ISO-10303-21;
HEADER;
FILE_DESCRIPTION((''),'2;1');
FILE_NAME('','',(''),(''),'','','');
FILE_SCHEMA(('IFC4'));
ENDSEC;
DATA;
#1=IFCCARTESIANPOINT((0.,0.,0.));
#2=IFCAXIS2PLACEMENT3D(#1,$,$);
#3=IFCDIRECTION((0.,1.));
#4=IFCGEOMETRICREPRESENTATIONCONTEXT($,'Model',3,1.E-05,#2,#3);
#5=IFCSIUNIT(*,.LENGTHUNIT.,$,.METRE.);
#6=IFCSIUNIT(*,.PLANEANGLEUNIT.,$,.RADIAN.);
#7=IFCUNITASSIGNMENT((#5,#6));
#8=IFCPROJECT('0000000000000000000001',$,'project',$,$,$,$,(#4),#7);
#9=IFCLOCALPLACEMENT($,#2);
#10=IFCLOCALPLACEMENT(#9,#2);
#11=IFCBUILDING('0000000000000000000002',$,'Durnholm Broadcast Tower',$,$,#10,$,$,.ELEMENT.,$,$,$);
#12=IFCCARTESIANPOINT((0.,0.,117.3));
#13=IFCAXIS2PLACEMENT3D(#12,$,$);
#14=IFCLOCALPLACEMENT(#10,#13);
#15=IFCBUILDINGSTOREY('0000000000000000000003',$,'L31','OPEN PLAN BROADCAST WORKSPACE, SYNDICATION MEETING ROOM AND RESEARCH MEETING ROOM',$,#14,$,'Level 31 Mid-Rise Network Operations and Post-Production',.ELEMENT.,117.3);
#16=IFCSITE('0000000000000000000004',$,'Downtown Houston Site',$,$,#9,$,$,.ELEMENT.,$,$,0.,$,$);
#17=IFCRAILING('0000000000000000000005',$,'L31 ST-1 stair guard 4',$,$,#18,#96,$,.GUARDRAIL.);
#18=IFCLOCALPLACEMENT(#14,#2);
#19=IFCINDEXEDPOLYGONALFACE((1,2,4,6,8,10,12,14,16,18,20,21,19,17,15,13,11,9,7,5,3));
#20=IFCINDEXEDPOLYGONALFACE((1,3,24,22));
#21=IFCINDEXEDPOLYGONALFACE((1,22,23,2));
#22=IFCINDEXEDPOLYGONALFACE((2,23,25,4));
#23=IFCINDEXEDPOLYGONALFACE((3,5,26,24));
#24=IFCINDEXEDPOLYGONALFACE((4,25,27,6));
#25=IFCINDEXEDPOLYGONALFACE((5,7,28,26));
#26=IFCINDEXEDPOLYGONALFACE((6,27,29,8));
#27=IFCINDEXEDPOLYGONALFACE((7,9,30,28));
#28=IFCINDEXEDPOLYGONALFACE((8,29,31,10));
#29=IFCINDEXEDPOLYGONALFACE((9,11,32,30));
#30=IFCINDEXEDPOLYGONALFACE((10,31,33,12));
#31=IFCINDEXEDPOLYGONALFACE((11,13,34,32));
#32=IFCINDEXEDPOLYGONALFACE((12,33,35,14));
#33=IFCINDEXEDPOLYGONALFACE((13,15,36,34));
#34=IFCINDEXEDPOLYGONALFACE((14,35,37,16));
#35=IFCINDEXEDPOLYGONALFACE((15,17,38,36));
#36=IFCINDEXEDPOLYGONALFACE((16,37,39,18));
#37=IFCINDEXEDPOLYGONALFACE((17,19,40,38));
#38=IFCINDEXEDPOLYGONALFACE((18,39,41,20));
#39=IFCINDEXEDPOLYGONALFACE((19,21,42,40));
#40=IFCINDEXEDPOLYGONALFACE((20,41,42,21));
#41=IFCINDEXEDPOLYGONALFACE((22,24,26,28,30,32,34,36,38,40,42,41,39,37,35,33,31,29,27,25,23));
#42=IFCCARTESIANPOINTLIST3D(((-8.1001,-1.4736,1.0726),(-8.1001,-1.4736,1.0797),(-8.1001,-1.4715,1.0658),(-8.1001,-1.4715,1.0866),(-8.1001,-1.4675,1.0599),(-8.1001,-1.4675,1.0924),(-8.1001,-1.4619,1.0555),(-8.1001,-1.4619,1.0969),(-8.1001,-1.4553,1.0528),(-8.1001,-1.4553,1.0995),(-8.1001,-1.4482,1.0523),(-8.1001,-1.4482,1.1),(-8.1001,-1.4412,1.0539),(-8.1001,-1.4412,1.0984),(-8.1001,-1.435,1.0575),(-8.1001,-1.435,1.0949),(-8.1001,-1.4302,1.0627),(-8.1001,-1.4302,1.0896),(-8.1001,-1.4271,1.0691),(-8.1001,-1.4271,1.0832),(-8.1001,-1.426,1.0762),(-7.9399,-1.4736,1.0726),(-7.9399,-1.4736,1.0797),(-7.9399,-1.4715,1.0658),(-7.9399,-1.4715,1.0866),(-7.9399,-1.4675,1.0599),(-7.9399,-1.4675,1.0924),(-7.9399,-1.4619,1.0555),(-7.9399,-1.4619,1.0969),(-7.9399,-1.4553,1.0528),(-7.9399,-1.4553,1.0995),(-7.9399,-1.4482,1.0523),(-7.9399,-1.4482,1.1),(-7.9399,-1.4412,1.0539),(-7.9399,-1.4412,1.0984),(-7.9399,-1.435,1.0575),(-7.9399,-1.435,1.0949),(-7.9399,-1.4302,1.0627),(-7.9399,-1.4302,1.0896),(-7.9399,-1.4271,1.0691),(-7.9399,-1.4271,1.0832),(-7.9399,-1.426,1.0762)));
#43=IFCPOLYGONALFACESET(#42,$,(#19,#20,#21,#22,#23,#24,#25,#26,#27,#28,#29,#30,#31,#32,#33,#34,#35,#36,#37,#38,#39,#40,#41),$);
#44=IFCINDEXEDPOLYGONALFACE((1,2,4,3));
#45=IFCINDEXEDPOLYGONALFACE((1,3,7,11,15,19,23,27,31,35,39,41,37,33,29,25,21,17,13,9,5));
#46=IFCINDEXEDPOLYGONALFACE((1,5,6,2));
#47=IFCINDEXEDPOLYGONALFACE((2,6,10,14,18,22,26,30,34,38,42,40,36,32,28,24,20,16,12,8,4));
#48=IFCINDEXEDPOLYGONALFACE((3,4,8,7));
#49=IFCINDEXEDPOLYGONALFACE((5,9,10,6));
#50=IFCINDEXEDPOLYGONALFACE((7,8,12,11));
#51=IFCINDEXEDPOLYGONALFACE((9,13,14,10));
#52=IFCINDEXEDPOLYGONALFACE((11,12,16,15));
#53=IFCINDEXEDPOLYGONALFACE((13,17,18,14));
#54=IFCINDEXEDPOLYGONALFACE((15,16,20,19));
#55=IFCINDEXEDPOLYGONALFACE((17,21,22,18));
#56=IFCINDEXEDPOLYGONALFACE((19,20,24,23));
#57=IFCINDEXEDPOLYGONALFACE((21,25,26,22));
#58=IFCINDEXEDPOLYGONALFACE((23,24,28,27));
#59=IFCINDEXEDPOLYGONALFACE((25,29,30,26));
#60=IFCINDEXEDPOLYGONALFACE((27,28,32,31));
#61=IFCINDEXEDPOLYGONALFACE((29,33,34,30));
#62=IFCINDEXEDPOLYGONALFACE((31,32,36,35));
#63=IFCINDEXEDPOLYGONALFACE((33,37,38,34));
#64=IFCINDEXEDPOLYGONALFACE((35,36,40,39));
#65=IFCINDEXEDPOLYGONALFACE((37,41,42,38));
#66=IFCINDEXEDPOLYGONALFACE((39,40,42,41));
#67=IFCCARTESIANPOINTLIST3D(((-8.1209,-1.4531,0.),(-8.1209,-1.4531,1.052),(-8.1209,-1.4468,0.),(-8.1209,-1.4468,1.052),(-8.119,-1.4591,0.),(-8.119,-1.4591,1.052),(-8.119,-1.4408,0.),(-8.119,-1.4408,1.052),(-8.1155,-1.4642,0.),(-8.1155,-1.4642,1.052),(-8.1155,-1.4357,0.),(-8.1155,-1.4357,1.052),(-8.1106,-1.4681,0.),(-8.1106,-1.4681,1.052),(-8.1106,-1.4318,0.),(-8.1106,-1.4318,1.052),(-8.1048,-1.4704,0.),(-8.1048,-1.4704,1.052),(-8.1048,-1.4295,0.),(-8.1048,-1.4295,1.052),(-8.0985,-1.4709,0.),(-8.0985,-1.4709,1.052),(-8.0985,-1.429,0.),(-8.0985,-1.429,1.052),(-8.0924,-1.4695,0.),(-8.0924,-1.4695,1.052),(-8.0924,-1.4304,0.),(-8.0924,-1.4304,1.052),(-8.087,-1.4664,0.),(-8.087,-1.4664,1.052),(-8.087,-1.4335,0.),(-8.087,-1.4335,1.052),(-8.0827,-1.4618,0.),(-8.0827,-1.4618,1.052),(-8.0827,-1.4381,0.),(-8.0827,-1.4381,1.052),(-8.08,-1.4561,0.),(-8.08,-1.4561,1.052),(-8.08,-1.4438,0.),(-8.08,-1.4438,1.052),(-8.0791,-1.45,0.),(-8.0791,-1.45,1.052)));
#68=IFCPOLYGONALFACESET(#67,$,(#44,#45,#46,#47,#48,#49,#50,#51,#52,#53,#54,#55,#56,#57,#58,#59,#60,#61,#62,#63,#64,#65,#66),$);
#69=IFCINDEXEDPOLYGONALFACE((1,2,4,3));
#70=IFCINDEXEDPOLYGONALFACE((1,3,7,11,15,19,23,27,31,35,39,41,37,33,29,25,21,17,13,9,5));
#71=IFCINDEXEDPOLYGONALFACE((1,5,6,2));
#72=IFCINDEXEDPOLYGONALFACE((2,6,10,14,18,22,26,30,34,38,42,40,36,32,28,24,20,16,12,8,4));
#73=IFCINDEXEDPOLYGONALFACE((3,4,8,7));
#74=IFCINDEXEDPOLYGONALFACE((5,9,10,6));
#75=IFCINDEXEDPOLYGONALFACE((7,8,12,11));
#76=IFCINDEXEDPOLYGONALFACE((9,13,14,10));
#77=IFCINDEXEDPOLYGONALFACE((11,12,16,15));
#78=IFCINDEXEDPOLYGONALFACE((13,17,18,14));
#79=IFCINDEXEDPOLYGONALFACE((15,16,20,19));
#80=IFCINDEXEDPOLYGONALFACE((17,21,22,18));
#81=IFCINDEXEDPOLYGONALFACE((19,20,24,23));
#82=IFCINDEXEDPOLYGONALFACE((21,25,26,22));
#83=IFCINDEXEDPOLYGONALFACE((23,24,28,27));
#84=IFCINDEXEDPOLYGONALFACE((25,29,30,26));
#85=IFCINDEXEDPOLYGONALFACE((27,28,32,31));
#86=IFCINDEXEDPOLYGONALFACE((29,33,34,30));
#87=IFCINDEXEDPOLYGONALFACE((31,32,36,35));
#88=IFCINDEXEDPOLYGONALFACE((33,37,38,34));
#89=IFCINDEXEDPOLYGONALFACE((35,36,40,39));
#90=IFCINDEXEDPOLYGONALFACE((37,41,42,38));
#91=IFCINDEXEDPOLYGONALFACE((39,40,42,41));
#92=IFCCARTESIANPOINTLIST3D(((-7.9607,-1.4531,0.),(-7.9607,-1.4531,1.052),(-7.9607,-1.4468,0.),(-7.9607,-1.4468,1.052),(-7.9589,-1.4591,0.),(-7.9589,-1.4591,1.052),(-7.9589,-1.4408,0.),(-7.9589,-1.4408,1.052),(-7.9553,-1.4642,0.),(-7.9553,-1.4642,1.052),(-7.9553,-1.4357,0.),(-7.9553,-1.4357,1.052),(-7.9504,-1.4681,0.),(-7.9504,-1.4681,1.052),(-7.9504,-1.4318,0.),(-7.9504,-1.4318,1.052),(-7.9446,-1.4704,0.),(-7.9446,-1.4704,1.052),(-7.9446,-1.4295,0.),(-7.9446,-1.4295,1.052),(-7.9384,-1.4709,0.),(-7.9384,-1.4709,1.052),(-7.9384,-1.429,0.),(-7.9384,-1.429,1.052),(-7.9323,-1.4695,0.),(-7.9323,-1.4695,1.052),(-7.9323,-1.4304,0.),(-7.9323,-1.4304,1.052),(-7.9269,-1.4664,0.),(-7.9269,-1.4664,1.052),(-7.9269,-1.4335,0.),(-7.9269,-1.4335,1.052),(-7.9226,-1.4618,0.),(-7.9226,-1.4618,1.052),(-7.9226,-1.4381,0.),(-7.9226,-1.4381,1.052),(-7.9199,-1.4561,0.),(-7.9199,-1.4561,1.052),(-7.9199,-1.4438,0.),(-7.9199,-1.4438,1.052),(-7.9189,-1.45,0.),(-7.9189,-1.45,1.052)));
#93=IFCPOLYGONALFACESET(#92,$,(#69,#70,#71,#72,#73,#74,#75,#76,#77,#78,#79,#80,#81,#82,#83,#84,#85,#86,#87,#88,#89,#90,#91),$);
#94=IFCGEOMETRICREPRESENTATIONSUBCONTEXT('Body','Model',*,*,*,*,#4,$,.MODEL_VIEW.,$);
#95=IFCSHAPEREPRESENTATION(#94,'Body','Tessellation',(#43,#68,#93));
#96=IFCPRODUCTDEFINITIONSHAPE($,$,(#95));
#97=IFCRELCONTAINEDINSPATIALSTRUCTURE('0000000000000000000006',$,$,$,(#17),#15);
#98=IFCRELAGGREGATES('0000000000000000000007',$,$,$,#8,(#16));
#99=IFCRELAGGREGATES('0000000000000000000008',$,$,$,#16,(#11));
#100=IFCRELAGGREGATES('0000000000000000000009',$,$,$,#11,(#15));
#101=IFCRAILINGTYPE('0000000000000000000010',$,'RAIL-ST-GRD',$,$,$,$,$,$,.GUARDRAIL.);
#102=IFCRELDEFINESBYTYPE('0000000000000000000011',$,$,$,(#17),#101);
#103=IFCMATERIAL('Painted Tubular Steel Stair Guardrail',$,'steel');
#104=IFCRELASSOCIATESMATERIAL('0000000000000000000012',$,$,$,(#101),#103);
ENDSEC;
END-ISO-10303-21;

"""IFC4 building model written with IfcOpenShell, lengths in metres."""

from ifc_helpers import new_model, si_unit, direction, frame, origin, origin_2d, place, context, subcontext, project, spatial, circle, extrude, material, type_object, element, save


model = new_model("IFC4")

# Units and contexts
model_context = context("Model", 3, precision=1e-05, world=origin(), true_north=direction((0.0, 1.0)))
body_context = subcontext(model_context, "Body", "Model", "MODEL_VIEW")
ifc_project = project(units=[si_unit("LENGTHUNIT", "METRE"), si_unit("PLANEANGLEUNIT", "RADIAN")], contexts=[model_context])

# Site, building, storey
site_placement = place(None, origin())
site = spatial("IfcSite", under=ifc_project, at=site_placement, Name="Downtown Houston Site", CompositionType="ELEMENT", RefElevation=0.0)
building_placement = place(site_placement, origin())
building = spatial("IfcBuilding", under=site, at=building_placement, Name="Durnholm Broadcast Tower", CompositionType="ELEMENT")
storey_placement = place(building_placement, frame((0.0, 0.0, 117.3)))
storey = spatial("IfcBuildingStorey", under=building, at=storey_placement, Name="L31", Description="OPEN PLAN BROADCAST WORKSPACE, SYNDICATION MEETING ROOM AND RESEARCH MEETING ROOM", LongName="Level 31 Mid-Rise Network Operations and Post-Production", CompositionType="ELEMENT", Elevation=117.3)

# Railing
ifc_material_1 = material(Name="Painted Tubular Steel Stair Guardrail", Category="steel")
railing_type_1 = type_object("IfcRailingType", Name="RAIL-ST-GRD", PredefinedType="GUARDRAIL", material=ifc_material_1)
railing_1_placement = place(storey_placement, frame((-8.1001, -1.45, 0.0)))
element("IfcRailing", 1, at=railing_1_placement, inside=storey, type_object=railing_type_1, Name="L31 ST-1 stair guard 4", PredefinedType="GUARDRAIL", context=body_context, shape_type="SweptSolid", body=[
    extrude(circle(Radius=0.0239, at=origin_2d()), frame((0.0, 0.0, 1.0762), z_axis=(1.0, 0.0, 0.0), x_axis=(0.0, 1.0, 0.0)), (0.0, 0.0, 1.0), 0.1602),
    extrude(circle(Radius=0.021, at=origin_2d()), origin(), (0.0, 0.0, 1.0), 1.052),
    extrude(circle(Radius=0.021, at=origin_2d()), frame((0.1602, 0.0, 0.0)), (0.0, 0.0, 1.0), 1.052),
])

save(model, "model.ifc")
